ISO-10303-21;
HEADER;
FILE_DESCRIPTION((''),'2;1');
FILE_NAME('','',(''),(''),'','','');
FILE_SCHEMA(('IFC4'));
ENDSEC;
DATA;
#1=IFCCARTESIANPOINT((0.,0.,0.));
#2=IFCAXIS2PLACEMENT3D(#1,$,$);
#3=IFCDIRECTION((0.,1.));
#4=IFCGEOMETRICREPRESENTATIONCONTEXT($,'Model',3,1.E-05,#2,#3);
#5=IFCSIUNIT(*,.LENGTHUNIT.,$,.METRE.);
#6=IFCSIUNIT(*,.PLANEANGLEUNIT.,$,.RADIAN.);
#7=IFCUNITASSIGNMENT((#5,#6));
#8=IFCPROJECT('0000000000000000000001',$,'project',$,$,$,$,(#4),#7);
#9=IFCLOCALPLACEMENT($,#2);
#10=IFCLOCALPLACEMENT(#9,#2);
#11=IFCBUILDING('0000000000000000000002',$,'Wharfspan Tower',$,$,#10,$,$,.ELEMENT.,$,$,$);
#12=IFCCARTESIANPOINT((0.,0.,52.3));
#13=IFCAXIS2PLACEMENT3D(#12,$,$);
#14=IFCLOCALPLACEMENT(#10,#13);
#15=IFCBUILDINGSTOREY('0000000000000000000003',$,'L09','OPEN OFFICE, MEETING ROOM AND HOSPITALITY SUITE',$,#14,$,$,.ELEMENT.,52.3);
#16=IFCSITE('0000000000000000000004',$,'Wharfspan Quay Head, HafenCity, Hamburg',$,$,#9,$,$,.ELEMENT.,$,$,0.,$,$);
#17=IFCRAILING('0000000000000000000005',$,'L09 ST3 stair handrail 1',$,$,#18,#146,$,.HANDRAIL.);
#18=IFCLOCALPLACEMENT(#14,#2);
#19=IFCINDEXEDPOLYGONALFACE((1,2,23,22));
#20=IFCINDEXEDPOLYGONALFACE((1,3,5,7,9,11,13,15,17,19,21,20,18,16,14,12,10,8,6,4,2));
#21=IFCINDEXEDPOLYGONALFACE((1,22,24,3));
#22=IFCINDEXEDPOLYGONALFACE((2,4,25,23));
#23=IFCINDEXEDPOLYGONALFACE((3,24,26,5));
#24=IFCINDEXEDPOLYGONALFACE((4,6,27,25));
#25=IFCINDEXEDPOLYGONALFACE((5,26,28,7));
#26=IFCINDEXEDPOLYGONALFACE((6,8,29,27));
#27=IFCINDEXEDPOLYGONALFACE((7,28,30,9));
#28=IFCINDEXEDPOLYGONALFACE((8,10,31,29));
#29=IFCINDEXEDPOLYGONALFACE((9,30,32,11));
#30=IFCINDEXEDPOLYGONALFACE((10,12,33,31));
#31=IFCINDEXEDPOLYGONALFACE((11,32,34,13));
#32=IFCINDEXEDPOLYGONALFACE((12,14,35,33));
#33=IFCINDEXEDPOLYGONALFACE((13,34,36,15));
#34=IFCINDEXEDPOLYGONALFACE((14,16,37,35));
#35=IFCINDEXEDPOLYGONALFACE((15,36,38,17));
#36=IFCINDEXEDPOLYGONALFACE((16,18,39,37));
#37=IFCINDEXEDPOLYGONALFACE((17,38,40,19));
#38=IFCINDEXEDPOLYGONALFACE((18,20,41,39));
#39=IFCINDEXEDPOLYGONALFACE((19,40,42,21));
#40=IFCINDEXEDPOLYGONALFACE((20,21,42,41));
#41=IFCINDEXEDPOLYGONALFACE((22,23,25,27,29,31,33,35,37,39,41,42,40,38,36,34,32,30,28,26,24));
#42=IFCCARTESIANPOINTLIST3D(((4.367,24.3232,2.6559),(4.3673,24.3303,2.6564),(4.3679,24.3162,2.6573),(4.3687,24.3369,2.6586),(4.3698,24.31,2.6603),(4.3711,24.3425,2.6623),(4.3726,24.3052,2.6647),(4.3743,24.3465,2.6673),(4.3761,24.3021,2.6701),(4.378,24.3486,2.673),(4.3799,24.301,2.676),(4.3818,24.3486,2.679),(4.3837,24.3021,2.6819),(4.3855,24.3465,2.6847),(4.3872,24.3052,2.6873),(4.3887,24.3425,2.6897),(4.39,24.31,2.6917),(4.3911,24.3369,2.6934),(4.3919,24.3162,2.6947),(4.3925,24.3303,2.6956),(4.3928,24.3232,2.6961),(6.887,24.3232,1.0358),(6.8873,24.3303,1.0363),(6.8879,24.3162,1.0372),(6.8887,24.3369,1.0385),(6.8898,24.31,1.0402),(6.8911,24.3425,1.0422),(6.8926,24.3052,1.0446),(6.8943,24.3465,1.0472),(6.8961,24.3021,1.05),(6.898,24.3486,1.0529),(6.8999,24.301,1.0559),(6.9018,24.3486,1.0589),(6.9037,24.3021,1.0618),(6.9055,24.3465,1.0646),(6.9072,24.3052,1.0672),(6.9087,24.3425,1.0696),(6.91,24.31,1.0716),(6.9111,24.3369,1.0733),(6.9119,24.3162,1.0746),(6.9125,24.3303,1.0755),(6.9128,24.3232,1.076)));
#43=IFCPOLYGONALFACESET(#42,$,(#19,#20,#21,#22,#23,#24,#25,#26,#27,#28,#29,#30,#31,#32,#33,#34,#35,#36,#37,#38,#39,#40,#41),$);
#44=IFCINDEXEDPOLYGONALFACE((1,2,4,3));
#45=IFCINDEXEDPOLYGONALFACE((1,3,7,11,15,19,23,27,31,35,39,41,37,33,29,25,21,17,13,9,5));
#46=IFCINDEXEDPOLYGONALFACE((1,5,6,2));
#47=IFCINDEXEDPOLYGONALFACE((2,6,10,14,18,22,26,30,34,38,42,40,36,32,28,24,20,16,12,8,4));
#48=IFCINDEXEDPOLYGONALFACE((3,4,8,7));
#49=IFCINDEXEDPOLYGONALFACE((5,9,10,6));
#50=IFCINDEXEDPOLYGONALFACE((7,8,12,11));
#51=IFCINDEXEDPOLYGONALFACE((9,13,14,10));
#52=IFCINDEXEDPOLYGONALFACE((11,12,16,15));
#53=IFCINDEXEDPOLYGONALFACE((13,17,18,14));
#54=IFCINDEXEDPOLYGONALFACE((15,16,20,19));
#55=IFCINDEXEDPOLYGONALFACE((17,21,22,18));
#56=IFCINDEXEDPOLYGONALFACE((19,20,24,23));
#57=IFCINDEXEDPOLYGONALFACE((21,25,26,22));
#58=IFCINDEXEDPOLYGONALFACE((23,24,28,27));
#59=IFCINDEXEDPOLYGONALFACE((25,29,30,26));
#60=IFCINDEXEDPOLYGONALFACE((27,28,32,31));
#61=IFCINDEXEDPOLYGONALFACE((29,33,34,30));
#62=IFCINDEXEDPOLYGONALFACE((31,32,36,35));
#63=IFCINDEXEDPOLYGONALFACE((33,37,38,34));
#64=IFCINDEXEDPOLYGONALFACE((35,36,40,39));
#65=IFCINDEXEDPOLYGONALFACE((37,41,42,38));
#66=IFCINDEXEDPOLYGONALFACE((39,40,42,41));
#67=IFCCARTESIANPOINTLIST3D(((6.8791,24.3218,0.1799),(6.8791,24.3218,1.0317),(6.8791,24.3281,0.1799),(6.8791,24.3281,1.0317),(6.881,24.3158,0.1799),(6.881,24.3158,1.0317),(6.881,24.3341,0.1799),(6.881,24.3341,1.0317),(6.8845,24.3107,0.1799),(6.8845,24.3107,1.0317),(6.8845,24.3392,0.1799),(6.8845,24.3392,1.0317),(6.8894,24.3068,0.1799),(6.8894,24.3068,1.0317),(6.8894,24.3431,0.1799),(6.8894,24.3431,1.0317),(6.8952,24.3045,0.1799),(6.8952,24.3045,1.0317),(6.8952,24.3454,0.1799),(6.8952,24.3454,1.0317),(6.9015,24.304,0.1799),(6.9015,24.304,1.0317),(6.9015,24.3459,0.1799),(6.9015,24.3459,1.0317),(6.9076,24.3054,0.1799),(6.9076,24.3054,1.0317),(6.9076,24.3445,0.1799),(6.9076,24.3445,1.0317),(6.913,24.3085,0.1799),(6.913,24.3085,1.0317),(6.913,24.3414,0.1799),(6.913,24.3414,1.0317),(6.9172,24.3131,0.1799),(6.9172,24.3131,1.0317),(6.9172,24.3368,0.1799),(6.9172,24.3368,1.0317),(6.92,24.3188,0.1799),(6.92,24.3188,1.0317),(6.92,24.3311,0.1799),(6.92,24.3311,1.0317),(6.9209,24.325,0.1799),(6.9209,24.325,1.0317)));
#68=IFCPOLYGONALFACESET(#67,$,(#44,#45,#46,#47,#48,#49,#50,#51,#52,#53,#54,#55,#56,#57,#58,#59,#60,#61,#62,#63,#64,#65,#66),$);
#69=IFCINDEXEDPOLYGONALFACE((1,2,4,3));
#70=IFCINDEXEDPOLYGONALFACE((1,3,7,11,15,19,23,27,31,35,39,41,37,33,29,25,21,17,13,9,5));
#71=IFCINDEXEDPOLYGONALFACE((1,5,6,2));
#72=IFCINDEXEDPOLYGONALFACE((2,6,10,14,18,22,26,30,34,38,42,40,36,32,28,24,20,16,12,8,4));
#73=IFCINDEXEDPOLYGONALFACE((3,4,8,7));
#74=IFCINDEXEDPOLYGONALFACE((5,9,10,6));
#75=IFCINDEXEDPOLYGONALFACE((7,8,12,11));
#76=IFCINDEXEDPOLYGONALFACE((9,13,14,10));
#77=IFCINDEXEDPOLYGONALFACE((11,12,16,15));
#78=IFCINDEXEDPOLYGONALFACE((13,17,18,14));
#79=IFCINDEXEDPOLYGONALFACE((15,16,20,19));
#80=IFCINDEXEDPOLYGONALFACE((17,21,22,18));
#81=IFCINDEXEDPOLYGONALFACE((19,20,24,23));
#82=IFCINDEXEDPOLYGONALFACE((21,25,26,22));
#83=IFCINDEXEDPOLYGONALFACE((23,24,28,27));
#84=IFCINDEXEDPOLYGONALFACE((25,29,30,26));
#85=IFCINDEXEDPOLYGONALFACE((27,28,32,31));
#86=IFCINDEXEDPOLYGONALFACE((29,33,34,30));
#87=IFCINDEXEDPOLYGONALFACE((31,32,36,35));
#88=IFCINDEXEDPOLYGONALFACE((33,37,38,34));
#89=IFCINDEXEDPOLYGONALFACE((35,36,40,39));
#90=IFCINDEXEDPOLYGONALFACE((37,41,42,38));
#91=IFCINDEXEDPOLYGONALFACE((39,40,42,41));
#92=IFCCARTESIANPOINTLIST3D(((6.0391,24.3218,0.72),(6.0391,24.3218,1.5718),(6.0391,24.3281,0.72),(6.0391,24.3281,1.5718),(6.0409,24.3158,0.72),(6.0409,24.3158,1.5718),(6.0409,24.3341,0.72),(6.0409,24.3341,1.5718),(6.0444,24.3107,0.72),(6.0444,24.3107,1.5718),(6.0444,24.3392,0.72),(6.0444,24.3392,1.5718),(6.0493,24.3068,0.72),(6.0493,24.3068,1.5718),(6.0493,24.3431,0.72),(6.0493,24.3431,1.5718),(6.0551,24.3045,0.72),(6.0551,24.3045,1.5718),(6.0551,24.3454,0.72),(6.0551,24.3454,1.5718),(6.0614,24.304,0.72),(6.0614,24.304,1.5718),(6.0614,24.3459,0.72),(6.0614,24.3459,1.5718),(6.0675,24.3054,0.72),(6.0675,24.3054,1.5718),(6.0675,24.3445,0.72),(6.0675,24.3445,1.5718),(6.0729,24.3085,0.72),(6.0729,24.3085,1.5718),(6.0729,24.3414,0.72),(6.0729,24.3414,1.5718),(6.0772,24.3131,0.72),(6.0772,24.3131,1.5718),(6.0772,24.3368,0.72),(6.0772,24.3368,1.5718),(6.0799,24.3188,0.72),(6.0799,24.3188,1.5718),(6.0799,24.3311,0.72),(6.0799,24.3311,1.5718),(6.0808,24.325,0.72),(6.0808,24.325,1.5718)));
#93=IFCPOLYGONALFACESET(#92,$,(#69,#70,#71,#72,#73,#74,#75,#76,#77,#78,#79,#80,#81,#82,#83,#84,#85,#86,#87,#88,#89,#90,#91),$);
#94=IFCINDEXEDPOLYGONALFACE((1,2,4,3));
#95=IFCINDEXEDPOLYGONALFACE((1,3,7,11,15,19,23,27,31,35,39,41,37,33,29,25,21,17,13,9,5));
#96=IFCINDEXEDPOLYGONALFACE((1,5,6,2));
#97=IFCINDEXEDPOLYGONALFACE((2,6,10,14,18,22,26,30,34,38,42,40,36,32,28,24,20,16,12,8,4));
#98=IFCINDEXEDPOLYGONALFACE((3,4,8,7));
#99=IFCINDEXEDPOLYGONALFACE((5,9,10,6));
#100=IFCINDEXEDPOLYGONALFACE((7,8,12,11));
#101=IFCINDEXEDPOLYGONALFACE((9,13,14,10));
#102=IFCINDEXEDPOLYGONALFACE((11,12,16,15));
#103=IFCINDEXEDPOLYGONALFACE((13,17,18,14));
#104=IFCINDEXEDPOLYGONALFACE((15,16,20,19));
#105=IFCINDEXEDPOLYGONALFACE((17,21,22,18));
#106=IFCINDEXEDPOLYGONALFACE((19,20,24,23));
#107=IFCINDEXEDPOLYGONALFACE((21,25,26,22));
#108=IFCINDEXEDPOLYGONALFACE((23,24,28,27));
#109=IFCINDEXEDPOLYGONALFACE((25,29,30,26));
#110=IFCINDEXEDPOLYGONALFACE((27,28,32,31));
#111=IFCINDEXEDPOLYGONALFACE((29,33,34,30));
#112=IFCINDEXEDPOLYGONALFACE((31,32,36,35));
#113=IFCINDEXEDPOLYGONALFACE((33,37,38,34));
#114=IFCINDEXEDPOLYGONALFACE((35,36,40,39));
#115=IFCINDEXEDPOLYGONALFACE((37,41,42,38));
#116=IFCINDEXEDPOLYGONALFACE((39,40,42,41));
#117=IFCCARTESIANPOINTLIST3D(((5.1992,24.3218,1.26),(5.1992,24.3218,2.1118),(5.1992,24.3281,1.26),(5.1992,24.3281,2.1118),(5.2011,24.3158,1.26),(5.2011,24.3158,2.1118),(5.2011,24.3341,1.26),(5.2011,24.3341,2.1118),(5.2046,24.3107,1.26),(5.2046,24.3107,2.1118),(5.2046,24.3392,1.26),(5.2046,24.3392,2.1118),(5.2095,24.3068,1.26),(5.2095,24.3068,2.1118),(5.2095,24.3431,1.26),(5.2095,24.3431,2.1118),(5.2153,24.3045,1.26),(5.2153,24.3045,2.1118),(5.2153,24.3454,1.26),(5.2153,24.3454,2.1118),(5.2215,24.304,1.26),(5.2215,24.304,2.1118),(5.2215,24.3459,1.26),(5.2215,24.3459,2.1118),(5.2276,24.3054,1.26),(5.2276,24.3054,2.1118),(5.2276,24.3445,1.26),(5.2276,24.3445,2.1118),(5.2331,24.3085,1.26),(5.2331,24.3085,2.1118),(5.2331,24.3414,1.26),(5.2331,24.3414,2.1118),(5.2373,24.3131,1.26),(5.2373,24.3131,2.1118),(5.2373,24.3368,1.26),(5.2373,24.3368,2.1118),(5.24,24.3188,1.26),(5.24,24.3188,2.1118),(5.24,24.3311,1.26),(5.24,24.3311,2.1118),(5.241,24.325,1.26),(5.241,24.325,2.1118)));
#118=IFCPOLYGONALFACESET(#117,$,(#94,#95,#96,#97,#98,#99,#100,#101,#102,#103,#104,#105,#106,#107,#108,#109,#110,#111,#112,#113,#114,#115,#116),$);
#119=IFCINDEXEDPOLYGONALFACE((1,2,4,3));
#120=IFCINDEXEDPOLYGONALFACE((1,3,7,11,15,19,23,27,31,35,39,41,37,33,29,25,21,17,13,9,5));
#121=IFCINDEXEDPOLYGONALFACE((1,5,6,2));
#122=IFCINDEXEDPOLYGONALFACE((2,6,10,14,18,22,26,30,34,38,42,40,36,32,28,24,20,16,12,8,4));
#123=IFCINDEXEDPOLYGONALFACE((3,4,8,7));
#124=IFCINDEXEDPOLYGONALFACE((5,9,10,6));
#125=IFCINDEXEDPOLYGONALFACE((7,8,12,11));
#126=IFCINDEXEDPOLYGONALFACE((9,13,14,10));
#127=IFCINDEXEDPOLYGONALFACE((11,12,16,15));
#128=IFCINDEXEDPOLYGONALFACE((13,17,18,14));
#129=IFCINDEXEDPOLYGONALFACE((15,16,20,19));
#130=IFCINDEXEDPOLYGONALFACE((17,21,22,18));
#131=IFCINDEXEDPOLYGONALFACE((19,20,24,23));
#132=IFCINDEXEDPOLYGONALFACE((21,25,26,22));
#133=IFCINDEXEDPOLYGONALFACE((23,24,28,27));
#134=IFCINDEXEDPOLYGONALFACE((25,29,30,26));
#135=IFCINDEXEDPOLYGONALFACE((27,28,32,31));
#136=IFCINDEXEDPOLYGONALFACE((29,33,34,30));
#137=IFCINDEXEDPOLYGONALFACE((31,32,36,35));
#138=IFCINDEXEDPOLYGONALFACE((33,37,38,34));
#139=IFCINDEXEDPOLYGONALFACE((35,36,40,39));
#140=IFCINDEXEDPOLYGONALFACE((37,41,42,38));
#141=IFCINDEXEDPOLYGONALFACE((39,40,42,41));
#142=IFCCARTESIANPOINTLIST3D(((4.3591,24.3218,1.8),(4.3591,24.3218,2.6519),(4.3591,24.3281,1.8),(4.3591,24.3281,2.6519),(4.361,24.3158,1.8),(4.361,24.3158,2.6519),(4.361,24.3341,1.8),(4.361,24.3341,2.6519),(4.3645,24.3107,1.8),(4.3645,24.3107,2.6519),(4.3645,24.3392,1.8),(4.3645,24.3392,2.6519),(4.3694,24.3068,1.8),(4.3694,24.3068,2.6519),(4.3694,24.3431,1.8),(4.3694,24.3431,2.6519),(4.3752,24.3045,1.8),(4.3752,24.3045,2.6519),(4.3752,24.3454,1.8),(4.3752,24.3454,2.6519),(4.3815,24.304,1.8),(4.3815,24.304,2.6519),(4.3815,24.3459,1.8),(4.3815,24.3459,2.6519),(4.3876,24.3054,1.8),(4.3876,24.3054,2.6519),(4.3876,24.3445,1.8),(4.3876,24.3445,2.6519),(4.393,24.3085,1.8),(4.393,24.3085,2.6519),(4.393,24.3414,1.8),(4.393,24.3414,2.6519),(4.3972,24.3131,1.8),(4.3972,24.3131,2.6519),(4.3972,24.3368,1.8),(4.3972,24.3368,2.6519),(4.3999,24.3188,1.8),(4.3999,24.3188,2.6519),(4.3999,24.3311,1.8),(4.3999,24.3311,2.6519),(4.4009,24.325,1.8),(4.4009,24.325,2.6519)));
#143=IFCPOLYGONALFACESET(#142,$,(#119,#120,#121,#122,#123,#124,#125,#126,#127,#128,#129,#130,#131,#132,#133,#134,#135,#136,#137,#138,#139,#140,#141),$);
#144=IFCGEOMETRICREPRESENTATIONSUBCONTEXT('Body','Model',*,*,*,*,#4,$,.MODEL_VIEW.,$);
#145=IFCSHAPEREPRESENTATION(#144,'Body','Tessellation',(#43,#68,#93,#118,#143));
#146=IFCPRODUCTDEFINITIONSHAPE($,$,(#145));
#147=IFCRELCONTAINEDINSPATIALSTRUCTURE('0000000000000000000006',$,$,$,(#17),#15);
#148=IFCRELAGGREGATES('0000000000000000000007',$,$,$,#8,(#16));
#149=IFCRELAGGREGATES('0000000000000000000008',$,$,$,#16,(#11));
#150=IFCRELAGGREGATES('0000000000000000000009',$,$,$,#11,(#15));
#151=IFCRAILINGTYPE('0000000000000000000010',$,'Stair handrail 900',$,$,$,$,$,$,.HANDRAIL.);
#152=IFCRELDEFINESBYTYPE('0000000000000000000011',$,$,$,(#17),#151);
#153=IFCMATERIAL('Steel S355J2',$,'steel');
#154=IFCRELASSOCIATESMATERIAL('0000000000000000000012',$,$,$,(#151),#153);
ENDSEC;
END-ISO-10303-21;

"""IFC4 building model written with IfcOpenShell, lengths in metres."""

from ifc_helpers import new_model, si_unit, direction, frame, origin, origin_2d, place, context, subcontext, project, spatial, circle, extrude, material, type_object, element, save


model = new_model("IFC4")

# Units and contexts
model_context = context("Model", 3, precision=1e-05, world=origin(), true_north=direction((0.0, 1.0)))
body_context = subcontext(model_context, "Body", "Model", "MODEL_VIEW")
ifc_project = project(units=[si_unit("LENGTHUNIT", "METRE"), si_unit("PLANEANGLEUNIT", "RADIAN")], contexts=[model_context])

# Site, building, storey
site_placement = place(None, origin())
site = spatial("IfcSite", under=ifc_project, at=site_placement, Name="Wharfspan Quay Head, HafenCity, Hamburg", CompositionType="ELEMENT", RefElevation=0.0)
building_placement = place(site_placement, origin())
building = spatial("IfcBuilding", under=site, at=building_placement, Name="Wharfspan Tower", CompositionType="ELEMENT")
storey_placement = place(building_placement, frame((0.0, 0.0, 52.3)))
storey = spatial("IfcBuildingStorey", under=building, at=storey_placement, Name="L09", Description="OPEN OFFICE, MEETING ROOM AND HOSPITALITY SUITE", CompositionType="ELEMENT", Elevation=52.3)

# Shared definitions
ifc_material_1 = material(Name="Steel S355J2", Category="steel")

# Railing
railing_type_1 = type_object("IfcRailingType", Name="Stair handrail 900", PredefinedType="HANDRAIL", material=ifc_material_1)
railing_1_placement = place(storey_placement, frame((6.8999, 24.325, 0.1799)))
element("IfcRailing", 1, at=railing_1_placement, inside=storey, type_object=railing_type_1, Name="L09 ST3 stair handrail 1", PredefinedType="HANDRAIL", context=body_context, shape_type="SweptSolid", body=[
    extrude(circle(Radius=0.0239, at=origin_2d()), frame((0.0, 0.0, 0.876), z_axis=(-0.841163, 0.0, 0.540782), x_axis=(0.0, -1.0, 0.0)), (0.0, 0.0, 1.0), 2.9958),
    extrude(circle(Radius=0.021, at=origin_2d()), origin(), (0.0, 0.0, 1.0), 0.8518),
    extrude(circle(Radius=0.021, at=origin_2d()), frame((-0.8401, 0.0, 0.54)), (0.0, 0.0, 1.0), 0.8518),
    extrude(circle(Radius=0.021, at=origin_2d()), frame((-1.6799, 0.0, 1.0801)), (0.0, 0.0, 1.0), 0.8518),
    extrude(circle(Radius=0.021, at=origin_2d()), frame((-2.52, 0.0, 1.6201)), (0.0, 0.0, 1.0), 0.8518),
])

save(model, "model.ifc")
